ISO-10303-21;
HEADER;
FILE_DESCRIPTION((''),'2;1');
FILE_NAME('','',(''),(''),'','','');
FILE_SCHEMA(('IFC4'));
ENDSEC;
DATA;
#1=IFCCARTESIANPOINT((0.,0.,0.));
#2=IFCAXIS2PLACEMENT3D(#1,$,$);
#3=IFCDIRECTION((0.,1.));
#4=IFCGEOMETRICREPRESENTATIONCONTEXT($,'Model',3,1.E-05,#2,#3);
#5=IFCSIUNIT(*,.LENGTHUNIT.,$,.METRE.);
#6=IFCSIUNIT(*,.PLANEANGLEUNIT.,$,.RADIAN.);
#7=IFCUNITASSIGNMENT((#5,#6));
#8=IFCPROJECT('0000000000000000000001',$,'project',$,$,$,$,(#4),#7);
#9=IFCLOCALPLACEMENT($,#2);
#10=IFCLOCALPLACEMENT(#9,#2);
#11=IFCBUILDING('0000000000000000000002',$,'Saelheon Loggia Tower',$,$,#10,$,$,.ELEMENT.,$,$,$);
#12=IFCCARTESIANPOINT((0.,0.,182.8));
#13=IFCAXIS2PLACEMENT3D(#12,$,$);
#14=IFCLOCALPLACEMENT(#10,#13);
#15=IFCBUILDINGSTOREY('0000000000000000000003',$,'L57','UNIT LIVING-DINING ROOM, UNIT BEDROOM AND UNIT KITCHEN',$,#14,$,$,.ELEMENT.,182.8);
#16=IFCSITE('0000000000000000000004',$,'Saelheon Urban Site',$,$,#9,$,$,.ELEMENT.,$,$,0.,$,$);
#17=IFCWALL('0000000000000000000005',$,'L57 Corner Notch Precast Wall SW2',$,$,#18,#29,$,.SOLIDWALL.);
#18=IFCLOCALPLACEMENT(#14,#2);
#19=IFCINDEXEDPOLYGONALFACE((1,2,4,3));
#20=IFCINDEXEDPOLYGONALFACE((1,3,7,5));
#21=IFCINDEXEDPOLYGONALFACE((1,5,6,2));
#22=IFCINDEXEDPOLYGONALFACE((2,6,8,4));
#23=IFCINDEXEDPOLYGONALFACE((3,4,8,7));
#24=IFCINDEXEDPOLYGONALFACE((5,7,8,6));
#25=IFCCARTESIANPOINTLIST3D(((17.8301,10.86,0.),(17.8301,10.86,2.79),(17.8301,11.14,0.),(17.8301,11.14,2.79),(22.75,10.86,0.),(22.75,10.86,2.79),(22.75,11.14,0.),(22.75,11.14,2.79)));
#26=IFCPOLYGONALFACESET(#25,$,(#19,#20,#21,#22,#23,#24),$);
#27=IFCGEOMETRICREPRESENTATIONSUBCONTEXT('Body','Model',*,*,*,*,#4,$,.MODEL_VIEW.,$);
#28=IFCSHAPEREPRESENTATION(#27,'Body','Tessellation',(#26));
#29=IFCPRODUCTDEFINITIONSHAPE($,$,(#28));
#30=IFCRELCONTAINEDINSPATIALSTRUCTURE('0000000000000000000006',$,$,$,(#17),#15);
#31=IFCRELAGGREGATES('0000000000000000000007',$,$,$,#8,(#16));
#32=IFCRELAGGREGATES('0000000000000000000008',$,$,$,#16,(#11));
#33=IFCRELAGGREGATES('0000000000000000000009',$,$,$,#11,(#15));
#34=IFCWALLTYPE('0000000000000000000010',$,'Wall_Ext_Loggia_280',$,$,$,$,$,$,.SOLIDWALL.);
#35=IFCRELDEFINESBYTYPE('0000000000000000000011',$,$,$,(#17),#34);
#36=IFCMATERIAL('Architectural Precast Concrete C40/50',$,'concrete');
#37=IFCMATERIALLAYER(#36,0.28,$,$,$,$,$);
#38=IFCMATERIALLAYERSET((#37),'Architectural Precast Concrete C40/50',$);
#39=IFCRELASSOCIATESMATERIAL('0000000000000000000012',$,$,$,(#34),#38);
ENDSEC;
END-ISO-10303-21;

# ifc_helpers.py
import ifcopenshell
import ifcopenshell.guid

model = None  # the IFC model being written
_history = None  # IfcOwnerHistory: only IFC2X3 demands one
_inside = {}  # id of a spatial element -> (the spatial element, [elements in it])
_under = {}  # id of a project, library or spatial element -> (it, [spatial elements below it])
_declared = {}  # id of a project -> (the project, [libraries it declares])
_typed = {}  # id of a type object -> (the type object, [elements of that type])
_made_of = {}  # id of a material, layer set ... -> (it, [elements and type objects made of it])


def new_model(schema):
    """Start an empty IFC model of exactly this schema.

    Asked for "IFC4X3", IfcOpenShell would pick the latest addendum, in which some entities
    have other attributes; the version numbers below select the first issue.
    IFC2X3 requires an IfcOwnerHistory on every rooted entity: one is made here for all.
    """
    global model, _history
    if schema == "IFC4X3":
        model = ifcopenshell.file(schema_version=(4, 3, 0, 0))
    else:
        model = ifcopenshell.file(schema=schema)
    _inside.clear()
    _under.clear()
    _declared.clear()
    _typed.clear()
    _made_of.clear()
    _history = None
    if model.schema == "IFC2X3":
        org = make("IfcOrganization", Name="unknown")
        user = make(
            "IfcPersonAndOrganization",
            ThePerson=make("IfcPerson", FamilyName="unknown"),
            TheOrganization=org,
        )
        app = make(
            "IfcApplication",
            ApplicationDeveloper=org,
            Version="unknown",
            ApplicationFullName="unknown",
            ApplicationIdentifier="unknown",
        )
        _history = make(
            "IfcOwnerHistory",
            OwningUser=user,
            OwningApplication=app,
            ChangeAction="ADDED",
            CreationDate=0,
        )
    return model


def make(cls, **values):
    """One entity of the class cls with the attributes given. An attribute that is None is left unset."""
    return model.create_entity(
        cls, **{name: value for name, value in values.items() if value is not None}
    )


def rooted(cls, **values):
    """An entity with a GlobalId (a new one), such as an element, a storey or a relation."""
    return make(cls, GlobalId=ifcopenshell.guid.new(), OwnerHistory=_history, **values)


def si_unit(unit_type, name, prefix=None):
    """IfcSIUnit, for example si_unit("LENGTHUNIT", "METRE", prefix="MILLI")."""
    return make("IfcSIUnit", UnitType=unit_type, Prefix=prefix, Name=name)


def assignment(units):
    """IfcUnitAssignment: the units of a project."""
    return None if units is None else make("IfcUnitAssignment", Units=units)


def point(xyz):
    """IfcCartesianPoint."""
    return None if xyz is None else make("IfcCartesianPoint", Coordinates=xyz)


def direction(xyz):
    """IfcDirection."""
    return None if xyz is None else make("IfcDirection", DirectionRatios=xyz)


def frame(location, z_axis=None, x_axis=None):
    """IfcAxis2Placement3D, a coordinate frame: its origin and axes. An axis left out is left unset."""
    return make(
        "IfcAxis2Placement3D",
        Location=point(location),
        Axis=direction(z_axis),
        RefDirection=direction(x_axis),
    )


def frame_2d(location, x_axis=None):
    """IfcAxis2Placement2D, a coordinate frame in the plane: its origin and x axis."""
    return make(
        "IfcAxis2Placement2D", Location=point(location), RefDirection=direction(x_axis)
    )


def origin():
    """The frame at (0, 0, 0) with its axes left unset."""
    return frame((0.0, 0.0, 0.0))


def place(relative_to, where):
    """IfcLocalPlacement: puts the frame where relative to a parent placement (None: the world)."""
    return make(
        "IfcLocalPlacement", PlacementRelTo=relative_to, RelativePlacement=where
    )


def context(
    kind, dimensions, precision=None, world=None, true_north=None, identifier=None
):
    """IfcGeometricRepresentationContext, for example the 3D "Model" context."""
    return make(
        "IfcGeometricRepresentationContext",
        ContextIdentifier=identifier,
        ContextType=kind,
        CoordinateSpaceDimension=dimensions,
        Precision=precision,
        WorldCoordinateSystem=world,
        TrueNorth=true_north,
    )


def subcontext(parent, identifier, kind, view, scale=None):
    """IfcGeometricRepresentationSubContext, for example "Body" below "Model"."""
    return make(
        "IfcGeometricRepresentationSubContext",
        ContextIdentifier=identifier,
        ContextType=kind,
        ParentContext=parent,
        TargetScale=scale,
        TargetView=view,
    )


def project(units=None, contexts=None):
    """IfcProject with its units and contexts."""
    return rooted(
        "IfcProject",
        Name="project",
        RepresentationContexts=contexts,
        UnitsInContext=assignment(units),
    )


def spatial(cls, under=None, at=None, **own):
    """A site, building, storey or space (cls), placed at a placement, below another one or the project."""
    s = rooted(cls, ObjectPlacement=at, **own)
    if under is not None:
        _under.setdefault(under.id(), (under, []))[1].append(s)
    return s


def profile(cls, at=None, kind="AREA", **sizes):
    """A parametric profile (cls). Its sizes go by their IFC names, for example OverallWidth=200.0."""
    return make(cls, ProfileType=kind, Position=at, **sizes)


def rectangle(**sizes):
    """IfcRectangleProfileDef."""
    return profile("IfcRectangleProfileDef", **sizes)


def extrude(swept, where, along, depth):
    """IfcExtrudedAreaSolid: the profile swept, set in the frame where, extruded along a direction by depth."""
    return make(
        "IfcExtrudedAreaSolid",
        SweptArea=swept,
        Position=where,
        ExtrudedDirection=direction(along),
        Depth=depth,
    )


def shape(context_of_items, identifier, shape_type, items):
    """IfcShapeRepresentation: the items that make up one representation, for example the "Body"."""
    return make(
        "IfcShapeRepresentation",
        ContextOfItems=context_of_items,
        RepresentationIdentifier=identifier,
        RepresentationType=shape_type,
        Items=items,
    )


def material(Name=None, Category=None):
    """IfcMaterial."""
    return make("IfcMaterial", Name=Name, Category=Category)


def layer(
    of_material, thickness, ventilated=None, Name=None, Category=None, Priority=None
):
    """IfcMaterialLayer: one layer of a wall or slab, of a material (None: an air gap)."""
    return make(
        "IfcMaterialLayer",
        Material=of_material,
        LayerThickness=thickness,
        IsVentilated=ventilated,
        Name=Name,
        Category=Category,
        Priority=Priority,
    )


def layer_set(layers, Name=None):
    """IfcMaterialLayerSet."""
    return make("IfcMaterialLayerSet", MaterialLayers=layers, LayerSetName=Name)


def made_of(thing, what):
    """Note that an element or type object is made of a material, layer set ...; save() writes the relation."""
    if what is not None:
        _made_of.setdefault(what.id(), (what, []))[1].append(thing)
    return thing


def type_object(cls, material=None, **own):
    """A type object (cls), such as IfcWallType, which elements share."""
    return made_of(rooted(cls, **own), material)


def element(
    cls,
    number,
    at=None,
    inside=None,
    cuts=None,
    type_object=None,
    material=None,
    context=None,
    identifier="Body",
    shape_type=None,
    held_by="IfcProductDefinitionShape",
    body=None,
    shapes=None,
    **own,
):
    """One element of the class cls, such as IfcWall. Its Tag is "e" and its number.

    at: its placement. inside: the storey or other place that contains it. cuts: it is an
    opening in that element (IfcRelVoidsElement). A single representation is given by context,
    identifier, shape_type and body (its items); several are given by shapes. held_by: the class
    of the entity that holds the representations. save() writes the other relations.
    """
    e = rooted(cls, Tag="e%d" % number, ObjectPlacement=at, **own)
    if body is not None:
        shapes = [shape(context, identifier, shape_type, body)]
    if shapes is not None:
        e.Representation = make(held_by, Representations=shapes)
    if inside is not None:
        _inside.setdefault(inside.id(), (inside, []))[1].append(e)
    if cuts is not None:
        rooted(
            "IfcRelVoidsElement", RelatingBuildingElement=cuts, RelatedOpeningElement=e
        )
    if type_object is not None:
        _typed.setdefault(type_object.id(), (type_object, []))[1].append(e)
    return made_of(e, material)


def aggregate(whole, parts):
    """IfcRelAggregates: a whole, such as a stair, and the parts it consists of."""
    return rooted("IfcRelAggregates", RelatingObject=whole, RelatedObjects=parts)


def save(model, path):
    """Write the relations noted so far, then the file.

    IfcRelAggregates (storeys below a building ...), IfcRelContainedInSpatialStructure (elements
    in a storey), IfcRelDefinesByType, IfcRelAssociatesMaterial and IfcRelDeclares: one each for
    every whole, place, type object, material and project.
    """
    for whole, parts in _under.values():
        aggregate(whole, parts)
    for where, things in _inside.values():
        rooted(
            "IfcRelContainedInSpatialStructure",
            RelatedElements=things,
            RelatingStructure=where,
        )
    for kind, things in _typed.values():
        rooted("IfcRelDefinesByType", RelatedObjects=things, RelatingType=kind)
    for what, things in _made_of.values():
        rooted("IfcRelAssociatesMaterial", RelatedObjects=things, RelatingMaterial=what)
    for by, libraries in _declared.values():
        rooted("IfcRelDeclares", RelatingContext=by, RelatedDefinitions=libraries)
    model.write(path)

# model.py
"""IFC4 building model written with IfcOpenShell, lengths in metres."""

from ifc_helpers import new_model, si_unit, direction, frame, frame_2d, origin, place, context, subcontext, project, spatial, rectangle, extrude, material, layer, layer_set, type_object, element, save


model = new_model("IFC4")

# Units and contexts
model_context = context("Model", 3, precision=1e-05, world=origin(), true_north=direction((0.0, 1.0)))
body_context = subcontext(model_context, "Body", "Model", "MODEL_VIEW")
ifc_project = project(units=[si_unit("LENGTHUNIT", "METRE"), si_unit("PLANEANGLEUNIT", "RADIAN")], contexts=[model_context])

# Site, building, storey
site_placement = place(None, origin())
site = spatial("IfcSite", under=ifc_project, at=site_placement, Name="Saelheon Urban Site", CompositionType="ELEMENT", RefElevation=0.0)
building_placement = place(site_placement, origin())
building = spatial("IfcBuilding", under=site, at=building_placement, Name="Saelheon Loggia Tower", CompositionType="ELEMENT")
storey_placement = place(building_placement, frame((0.0, 0.0, 182.8)))
storey = spatial("IfcBuildingStorey", under=building, at=storey_placement, Name="L57", Description="UNIT LIVING-DINING ROOM, UNIT BEDROOM AND UNIT KITCHEN", CompositionType="ELEMENT", Elevation=182.8)

# Shared definitions
ifc_material_1 = material(Name="Architectural Precast Concrete C40/50", Category="concrete")
ifc_layer = layer(ifc_material_1, 0.28)
ifc_layer_set = layer_set([ifc_layer], Name="Architectural Precast Concrete C40/50")
wall_type = type_object("IfcWallType", Name="Wall_Ext_Loggia_280", PredefinedType="SOLIDWALL", material=ifc_layer_set)

# Wall
for number, where, z_axis, x_axis, name in (
    (1, (17.8301, 11.0, 0.0), (0.0, 0.0, 1.0), (1.0, 0.0, 0.0), "L57 Corner Notch Precast Wall SW2"),
):
    element("IfcWall", number, at=place(storey_placement, frame(where, z_axis=z_axis, x_axis=x_axis)), inside=storey, type_object=wall_type, Name=name, PredefinedType="SOLIDWALL", context=body_context, shape_type="SweptSolid", body=[
        extrude(rectangle(XDim=4.9199, YDim=0.28, at=frame_2d((2.46, 0.0))), origin(), (0.0, 0.0, 1.0), 2.79),
    ])

save(model, "model.ifc")
